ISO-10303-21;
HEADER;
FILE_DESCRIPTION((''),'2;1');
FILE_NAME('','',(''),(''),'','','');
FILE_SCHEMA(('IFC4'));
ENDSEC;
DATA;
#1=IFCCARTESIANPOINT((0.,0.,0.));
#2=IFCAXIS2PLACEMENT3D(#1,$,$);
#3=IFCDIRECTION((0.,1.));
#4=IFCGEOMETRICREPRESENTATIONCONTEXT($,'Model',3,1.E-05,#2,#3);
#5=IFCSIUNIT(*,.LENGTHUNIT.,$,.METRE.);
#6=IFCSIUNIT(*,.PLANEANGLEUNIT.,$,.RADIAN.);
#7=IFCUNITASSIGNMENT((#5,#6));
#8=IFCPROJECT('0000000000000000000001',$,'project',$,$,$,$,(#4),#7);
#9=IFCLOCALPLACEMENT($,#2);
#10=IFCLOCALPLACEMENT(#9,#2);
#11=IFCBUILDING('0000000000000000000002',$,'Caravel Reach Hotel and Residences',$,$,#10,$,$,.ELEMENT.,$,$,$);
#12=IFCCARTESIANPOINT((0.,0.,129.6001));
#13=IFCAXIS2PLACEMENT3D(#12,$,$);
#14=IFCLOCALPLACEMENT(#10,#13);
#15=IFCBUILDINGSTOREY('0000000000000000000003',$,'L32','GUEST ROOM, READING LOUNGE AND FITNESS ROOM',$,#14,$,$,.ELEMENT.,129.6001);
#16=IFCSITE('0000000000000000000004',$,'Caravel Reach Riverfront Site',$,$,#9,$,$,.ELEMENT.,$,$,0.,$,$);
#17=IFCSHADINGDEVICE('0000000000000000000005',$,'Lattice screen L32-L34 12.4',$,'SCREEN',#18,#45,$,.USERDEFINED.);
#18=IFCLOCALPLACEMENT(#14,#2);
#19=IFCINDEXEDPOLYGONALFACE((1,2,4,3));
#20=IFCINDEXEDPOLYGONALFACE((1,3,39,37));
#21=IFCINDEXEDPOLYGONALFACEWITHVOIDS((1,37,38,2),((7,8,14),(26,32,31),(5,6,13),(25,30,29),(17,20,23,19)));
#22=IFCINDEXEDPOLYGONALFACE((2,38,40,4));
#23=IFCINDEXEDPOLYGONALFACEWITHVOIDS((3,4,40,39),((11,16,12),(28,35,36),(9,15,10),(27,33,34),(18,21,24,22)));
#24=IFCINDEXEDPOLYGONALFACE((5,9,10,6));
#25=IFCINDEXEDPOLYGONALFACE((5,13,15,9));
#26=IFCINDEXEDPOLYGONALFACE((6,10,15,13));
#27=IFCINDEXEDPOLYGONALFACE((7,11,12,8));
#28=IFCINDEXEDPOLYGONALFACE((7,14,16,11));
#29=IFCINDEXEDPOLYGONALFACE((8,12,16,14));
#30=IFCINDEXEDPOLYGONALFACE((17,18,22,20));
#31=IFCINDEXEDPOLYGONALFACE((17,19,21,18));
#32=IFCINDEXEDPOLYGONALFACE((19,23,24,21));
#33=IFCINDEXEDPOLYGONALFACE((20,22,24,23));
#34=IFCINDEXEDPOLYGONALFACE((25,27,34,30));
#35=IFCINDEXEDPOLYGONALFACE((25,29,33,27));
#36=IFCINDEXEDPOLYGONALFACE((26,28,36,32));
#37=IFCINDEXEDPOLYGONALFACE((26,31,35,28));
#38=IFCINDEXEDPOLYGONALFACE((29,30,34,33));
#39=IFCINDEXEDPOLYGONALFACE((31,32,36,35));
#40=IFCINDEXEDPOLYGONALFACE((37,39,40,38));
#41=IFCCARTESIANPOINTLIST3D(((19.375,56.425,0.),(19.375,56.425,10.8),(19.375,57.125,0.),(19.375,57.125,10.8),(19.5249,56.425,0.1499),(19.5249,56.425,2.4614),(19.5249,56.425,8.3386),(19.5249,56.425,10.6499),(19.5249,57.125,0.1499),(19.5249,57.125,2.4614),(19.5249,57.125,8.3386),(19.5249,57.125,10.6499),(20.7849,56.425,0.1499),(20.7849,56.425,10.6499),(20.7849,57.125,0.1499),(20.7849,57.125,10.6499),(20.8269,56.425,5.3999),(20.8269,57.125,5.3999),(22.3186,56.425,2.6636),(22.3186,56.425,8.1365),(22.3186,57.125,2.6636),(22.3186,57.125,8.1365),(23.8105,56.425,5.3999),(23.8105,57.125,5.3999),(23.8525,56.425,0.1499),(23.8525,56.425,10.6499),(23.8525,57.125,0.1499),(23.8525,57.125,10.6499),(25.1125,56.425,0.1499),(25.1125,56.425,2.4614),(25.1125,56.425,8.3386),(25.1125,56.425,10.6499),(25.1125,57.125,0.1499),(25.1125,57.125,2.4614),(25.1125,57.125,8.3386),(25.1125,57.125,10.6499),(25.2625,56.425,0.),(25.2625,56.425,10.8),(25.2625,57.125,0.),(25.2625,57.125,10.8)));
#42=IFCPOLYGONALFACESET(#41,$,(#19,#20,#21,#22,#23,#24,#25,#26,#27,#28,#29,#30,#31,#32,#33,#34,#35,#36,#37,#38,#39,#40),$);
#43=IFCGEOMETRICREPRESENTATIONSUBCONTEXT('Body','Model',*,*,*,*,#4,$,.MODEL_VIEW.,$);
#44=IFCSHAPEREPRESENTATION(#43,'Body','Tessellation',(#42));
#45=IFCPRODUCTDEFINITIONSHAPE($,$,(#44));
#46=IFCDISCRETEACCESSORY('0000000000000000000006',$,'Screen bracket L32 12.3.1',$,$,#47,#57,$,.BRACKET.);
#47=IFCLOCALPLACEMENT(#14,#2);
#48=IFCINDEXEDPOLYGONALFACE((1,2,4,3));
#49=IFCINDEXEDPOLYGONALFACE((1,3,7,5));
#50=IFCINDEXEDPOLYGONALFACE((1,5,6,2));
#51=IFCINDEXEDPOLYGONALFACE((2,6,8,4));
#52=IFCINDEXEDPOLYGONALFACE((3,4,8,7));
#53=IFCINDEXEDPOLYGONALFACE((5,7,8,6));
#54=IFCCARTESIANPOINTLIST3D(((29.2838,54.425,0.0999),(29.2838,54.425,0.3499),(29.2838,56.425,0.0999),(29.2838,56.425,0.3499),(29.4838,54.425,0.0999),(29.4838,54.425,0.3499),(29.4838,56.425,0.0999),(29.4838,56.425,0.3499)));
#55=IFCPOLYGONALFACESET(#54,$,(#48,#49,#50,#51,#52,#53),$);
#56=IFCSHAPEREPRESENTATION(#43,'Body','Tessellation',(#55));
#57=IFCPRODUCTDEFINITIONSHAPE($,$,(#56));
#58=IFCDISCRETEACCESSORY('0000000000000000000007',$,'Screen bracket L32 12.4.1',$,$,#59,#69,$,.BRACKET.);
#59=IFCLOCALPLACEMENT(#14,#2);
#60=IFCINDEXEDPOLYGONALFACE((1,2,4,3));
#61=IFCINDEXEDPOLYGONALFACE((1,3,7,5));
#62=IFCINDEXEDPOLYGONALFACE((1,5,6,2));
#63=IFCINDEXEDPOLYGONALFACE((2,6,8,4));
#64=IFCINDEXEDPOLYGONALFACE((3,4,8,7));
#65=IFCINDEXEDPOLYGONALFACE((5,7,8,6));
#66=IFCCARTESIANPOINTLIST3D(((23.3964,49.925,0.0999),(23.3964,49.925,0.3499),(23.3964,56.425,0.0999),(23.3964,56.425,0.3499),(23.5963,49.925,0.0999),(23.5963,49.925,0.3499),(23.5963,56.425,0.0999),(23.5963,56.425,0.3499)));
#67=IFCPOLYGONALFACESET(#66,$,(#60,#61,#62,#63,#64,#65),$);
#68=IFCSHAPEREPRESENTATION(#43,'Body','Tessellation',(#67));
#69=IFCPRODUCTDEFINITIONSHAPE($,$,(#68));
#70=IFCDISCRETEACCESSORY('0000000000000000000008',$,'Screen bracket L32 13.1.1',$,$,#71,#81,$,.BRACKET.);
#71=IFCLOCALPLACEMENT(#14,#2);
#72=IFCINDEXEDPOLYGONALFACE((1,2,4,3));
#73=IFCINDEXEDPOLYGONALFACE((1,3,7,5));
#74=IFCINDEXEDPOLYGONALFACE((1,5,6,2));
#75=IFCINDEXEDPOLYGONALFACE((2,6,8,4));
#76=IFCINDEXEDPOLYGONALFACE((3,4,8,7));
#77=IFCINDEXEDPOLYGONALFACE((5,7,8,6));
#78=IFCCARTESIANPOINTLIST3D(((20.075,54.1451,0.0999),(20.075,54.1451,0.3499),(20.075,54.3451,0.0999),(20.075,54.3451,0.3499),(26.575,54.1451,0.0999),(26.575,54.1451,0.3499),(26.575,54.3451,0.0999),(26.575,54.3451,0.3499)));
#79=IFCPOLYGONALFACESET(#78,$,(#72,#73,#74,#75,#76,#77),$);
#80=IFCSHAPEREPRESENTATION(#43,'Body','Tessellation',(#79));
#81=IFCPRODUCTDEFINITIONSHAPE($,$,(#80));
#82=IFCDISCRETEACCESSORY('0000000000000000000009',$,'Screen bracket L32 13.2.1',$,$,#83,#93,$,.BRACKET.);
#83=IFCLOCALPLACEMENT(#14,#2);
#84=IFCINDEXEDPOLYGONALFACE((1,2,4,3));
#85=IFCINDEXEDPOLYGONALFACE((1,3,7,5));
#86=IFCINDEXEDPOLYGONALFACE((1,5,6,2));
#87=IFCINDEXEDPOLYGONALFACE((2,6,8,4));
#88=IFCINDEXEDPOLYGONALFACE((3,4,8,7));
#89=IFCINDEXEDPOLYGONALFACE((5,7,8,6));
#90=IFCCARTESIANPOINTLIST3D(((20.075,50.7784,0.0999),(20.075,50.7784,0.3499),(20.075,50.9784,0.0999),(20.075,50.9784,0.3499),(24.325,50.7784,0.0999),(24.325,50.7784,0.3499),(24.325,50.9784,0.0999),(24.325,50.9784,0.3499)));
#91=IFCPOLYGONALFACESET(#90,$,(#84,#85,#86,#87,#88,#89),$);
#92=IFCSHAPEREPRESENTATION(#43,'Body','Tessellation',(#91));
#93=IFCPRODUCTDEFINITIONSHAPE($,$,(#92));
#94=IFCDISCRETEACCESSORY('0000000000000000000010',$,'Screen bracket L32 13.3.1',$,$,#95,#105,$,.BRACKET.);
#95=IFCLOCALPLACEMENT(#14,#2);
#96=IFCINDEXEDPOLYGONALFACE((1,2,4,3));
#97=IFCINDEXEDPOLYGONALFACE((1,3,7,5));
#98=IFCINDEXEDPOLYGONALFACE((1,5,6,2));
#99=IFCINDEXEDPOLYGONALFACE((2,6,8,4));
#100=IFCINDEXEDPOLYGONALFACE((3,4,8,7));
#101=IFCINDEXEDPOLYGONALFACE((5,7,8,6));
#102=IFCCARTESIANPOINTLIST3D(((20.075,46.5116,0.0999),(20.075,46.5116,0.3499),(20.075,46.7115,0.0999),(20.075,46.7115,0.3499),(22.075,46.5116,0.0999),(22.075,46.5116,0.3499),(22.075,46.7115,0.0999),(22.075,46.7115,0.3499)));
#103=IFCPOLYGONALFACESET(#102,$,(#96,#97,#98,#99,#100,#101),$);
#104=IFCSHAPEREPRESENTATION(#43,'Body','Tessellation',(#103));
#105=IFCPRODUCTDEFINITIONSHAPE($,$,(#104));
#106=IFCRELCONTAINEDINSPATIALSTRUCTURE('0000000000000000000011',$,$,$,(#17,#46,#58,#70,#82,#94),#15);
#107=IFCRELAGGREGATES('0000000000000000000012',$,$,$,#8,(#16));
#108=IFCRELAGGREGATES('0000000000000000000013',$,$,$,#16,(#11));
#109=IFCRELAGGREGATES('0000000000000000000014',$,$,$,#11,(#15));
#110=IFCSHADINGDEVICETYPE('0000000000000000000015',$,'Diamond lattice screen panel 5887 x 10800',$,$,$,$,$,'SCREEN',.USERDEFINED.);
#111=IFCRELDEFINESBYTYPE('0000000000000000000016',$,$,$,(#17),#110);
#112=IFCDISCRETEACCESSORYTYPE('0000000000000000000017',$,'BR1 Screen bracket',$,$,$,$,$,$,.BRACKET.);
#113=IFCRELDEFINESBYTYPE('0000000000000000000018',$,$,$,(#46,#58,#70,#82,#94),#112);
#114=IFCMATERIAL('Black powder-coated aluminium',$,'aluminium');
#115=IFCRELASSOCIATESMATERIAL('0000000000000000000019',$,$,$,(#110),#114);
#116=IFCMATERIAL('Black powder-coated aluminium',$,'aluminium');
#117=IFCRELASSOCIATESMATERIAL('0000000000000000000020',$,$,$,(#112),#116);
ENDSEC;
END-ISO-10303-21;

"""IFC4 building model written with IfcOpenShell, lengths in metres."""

from ifc_helpers import new_model, si_unit, direction, frame, origin, origin_2d, place, context, subcontext, project, spatial, polyline, rectangle, outline, extrude, material, type_object, element, save


model = new_model("IFC4")

# Units and contexts
model_context = context("Model", 3, precision=1e-05, world=origin(), true_north=direction((0.0, 1.0)))
body_context = subcontext(model_context, "Body", "Model", "MODEL_VIEW")
ifc_project = project(units=[si_unit("LENGTHUNIT", "METRE"), si_unit("PLANEANGLEUNIT", "RADIAN")], contexts=[model_context])

# Site, building, storey
site_placement = place(None, origin())
site = spatial("IfcSite", under=ifc_project, at=site_placement, Name="Caravel Reach Riverfront Site", CompositionType="ELEMENT", RefElevation=0.0)
building_placement = place(site_placement, origin())
building = spatial("IfcBuilding", under=site, at=building_placement, Name="Caravel Reach Hotel and Residences", CompositionType="ELEMENT")
storey_placement = place(building_placement, frame((0.0, 0.0, 129.6001)))
storey = spatial("IfcBuildingStorey", under=building, at=storey_placement, Name="L32", Description="GUEST ROOM, READING LOUNGE AND FITNESS ROOM", CompositionType="ELEMENT", Elevation=129.6001)

# Shading device
ifc_material_1 = material(Name="Black powder-coated aluminium", Category="aluminium")
shading_device_type_1 = type_object("IfcShadingDeviceType", Name="Diamond lattice screen panel 5887 x 10800", ElementType="SCREEN", PredefinedType="USERDEFINED", material=ifc_material_1)
for number, where, z_axis, x_axis, name in (
    (1, (25.2625, 56.425, 0.0), (0.0, 1.0, 0.0), (-1.0, 0.0, 0.0), "Lattice screen L32-L34 12.4"),
):
    element("IfcShadingDevice", number, at=place(storey_placement, frame(where, z_axis=z_axis, x_axis=x_axis)), inside=storey, type_object=shading_device_type_1, Name=name, ObjectType="SCREEN", PredefinedType="USERDEFINED", context=body_context, shape_type="SweptSolid", body=[
        extrude(outline(polyline([(0.0, 0.0), (5.8875, 0.0), (5.8875, 10.8), (0.0, 10.8), (0.0, 0.0)]), holes=[polyline([(1.4099, 0.1499), (0.1499, 2.4614), (0.1499, 0.1499), (1.4099, 0.1499)]), polyline([(0.1499, 8.3386), (1.4099, 10.6499), (0.1499, 10.6499), (0.1499, 8.3386)]), polyline([(2.9438, 8.1365), (1.4519, 5.3999), (2.9438, 2.6636), (4.4355, 5.3999), (2.9438, 8.1365)]), polyline([(5.7375, 2.4614), (4.4775, 0.1499), (5.7375, 0.1499), (5.7375, 2.4614)]), polyline([(4.4775, 10.6499), (5.7375, 8.3386), (5.7375, 10.6499), (4.4775, 10.6499)])]), origin(), (0.0, 0.0, 1.0), 0.7),
    ])

# Discrete accessories
ifc_material_2 = material(Name="Black powder-coated aluminium", Category="aluminium")
discrete_accessory_type = type_object("IfcDiscreteAccessoryType", Name="BR1 Screen bracket", PredefinedType="BRACKET", material=ifc_material_2)
discrete_accessory_1_placement = place(storey_placement, frame((29.3838, 55.425, 0.0999), z_axis=(0.0, 0.0, 1.0), x_axis=(0.0, 1.0, 0.0)))
element("IfcDiscreteAccessory", 2, at=discrete_accessory_1_placement, inside=storey, type_object=discrete_accessory_type, Name="Screen bracket L32 12.3.1", PredefinedType="BRACKET", context=body_context, shape_type="SweptSolid", body=[
    extrude(rectangle(XDim=2.0, YDim=0.2, at=origin_2d()), origin(), (0.0, 0.0, 1.0), 0.25),
])
for number, where, z_axis, x_axis, name in (
    (3, (23.4963, 53.175, 0.0999), (0.0, 0.0, 1.0), (0.0, 1.0, 0.0), "Screen bracket L32 12.4.1"),
    (4, (23.325, 54.2451, 0.0999), (0.0, 0.0, 1.0), (-1.0, 0.0, 0.0), "Screen bracket L32 13.1.1"),
):
    element("IfcDiscreteAccessory", number, at=place(storey_placement, frame(where, z_axis=z_axis, x_axis=x_axis)), inside=storey, type_object=discrete_accessory_type, Name=name, PredefinedType="BRACKET", context=body_context, shape_type="SweptSolid", body=[
        extrude(rectangle(XDim=6.5, YDim=0.2, at=origin_2d()), origin(), (0.0, 0.0, 1.0), 0.25),
    ])
discrete_accessory_2_placement = place(storey_placement, frame((22.2, 50.8784, 0.0999), z_axis=(0.0, 0.0, 1.0), x_axis=(-1.0, 0.0, 0.0)))
element("IfcDiscreteAccessory", 5, at=discrete_accessory_2_placement, inside=storey, type_object=discrete_accessory_type, Name="Screen bracket L32 13.2.1", PredefinedType="BRACKET", context=body_context, shape_type="SweptSolid", body=[
    extrude(rectangle(XDim=4.25, YDim=0.2, at=origin_2d()), origin(), (0.0, 0.0, 1.0), 0.25),
])
discrete_accessory_3_placement = place(storey_placement, frame((21.075, 46.6116, 0.0999), z_axis=(0.0, 0.0, 1.0), x_axis=(-1.0, 0.0, 0.0)))
element("IfcDiscreteAccessory", 6, at=discrete_accessory_3_placement, inside=storey, type_object=discrete_accessory_type, Name="Screen bracket L32 13.3.1", PredefinedType="BRACKET", context=body_context, shape_type="SweptSolid", body=[
    extrude(rectangle(XDim=2.0, YDim=0.2, at=origin_2d()), origin(), (0.0, 0.0, 1.0), 0.25),
])

save(model, "model.ifc")
